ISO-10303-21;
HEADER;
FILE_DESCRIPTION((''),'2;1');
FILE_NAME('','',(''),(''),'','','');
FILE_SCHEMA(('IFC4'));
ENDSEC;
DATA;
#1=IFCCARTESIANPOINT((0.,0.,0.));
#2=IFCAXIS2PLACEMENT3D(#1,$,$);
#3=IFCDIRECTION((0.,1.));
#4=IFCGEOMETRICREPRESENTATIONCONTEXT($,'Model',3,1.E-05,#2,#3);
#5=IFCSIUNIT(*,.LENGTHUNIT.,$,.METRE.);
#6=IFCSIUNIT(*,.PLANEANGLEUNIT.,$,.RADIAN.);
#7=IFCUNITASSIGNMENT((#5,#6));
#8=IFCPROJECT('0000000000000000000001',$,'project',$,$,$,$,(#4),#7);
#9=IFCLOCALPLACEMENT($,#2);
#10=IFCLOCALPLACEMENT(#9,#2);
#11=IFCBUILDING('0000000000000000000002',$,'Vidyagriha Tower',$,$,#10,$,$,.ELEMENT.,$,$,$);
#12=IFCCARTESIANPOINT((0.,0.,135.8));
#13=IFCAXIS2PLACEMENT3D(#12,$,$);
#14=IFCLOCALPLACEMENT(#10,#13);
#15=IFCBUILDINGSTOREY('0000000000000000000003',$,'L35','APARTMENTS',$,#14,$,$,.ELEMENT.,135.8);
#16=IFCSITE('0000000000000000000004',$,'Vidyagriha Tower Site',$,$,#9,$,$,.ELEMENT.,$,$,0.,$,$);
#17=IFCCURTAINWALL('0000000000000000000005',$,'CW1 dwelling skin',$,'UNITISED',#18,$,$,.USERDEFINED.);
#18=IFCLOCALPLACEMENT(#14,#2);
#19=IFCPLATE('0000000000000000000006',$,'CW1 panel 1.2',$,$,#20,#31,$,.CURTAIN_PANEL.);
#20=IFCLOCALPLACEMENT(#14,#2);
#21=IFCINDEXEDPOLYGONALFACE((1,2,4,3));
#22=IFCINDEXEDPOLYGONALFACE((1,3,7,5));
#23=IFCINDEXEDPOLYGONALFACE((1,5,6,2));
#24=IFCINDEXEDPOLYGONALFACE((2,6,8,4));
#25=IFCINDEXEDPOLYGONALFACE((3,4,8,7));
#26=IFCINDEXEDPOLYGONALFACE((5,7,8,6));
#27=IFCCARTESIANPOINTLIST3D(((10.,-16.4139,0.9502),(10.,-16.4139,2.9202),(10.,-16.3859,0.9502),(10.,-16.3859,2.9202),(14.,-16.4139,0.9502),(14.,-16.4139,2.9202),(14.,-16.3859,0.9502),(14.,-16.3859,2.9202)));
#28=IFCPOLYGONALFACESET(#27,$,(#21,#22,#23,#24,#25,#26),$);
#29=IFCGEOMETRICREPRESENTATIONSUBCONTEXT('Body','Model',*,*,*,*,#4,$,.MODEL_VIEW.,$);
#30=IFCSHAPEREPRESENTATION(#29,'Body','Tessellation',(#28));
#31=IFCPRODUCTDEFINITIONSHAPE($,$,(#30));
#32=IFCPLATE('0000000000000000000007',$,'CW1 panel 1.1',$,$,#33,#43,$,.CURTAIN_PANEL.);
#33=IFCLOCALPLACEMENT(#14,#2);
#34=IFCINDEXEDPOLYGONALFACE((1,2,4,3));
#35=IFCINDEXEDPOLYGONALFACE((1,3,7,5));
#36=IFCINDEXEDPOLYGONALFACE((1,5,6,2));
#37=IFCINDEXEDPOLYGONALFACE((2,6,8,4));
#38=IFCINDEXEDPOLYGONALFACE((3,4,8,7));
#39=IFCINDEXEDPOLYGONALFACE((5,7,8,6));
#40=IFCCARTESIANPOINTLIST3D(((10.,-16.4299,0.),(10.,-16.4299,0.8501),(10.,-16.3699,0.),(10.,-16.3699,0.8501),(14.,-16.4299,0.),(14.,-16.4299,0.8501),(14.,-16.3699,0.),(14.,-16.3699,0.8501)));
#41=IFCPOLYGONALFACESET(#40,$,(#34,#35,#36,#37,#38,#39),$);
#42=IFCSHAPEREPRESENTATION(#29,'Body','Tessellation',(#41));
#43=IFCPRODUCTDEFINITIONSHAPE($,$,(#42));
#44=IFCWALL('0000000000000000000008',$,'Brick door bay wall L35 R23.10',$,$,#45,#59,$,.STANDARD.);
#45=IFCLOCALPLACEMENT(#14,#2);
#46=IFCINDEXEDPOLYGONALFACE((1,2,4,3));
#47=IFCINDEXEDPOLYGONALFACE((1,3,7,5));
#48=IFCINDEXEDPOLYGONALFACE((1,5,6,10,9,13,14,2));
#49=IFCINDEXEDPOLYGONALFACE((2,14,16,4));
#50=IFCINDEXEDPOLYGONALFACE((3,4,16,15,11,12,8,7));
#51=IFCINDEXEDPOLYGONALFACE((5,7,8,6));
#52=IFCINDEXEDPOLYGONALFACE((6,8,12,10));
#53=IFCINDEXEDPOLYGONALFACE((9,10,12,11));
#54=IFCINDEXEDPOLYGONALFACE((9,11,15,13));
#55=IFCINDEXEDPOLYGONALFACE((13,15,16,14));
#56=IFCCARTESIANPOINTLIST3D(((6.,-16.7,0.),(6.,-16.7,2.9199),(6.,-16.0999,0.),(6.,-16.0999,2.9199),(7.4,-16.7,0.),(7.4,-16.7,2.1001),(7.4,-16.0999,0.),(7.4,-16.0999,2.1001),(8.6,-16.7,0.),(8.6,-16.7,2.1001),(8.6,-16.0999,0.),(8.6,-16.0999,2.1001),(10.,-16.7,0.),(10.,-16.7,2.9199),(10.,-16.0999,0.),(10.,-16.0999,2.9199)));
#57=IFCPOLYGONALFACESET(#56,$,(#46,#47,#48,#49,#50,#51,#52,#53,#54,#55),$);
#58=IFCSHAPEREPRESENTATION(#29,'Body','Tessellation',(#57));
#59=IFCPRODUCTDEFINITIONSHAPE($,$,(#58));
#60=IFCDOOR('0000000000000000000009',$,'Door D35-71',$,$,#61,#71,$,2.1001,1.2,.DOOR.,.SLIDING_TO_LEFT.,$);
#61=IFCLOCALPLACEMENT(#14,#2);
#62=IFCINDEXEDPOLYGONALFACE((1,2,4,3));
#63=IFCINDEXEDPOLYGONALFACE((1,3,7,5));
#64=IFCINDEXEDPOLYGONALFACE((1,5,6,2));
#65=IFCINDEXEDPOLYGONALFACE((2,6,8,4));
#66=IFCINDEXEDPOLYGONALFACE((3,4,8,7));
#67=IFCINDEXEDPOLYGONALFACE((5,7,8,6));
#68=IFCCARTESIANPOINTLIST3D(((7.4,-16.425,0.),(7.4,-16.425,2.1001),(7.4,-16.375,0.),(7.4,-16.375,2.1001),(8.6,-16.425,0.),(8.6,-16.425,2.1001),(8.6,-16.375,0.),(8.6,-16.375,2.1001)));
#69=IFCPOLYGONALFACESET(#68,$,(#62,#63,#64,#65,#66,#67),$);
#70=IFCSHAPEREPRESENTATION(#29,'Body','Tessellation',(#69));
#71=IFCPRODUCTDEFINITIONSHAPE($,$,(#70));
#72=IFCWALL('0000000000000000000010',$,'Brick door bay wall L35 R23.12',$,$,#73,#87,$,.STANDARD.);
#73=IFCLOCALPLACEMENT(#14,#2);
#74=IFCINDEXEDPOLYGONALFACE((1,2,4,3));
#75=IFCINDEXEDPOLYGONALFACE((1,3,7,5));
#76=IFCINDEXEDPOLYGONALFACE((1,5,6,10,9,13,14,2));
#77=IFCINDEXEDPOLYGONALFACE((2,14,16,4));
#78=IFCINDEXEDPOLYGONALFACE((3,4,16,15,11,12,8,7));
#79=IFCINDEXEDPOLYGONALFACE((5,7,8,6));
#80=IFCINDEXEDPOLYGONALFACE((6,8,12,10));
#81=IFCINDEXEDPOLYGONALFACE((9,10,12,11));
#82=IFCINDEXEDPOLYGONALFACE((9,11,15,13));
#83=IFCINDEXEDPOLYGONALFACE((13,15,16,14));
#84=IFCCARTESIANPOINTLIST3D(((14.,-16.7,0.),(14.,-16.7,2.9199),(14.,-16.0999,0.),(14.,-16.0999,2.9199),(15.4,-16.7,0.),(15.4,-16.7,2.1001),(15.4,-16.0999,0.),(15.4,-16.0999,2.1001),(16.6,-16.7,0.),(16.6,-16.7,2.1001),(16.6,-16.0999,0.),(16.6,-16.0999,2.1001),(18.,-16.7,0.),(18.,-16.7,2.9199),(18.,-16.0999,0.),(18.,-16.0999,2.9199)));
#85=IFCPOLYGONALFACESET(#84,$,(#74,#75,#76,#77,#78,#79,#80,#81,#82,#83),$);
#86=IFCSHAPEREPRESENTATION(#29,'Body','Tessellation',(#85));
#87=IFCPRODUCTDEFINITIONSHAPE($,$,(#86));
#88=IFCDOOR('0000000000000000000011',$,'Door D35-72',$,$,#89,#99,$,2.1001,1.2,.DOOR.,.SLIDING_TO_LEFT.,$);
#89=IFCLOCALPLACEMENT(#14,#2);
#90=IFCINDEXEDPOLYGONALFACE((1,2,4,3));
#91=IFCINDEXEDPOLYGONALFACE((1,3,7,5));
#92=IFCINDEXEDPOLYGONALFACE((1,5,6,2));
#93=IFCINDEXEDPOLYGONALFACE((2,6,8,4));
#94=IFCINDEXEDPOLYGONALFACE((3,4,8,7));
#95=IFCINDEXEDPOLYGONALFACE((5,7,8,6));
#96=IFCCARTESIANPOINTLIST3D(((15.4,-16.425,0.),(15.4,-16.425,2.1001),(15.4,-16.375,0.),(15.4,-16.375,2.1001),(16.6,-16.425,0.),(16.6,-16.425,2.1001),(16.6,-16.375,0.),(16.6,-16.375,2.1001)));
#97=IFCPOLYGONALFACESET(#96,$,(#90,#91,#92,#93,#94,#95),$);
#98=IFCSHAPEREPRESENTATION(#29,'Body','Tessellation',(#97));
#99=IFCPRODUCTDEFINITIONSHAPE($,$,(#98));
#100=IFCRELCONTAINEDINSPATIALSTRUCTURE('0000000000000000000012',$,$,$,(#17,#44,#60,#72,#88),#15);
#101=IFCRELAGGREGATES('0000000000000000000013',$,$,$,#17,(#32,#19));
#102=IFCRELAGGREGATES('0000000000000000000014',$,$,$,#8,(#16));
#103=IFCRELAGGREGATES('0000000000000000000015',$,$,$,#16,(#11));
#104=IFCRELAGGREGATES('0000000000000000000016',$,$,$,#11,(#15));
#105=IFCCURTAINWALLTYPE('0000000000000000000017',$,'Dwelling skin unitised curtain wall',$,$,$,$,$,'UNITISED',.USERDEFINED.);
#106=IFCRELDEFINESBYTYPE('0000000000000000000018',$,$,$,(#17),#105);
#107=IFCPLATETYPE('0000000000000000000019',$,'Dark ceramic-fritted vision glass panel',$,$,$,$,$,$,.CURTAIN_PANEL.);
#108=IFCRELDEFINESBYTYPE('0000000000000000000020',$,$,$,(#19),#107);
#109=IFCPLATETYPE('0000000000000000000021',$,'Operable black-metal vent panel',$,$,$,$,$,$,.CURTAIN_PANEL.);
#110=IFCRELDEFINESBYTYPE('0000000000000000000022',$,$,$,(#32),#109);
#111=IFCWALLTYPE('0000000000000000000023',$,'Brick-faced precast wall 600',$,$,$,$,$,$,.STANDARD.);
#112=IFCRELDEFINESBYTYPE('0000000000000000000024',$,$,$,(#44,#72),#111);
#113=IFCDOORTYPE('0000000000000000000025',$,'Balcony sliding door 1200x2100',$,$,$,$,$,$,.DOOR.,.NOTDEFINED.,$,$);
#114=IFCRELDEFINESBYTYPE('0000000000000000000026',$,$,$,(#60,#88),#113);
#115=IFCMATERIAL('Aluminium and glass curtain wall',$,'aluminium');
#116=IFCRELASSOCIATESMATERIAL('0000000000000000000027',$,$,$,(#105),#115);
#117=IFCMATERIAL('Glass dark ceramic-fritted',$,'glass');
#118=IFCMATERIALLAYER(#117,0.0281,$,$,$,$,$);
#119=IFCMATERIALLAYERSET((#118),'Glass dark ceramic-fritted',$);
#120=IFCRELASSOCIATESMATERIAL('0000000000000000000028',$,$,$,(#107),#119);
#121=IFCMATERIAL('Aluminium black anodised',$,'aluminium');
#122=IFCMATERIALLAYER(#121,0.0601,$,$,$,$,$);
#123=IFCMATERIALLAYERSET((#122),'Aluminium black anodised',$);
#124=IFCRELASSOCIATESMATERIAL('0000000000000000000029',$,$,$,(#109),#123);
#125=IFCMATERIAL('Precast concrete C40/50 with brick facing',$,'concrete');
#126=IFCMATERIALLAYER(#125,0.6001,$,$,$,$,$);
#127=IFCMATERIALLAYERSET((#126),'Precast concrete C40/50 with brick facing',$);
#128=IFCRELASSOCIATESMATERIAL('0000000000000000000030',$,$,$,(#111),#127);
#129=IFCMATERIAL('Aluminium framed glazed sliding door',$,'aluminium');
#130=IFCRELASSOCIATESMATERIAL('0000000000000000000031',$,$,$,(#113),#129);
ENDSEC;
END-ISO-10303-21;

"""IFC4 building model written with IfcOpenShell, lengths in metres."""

from ifc_helpers import new_model, si_unit, direction, frame, frame_2d, origin, origin_2d, place, context, subcontext, project, spatial, rectangle, extrude, material, layer, layer_set, type_object, element, fill, aggregate, save


model = new_model("IFC4")

# Units and contexts
model_context = context("Model", 3, precision=1e-05, world=origin(), true_north=direction((0.0, 1.0)))
body_context = subcontext(model_context, "Body", "Model", "MODEL_VIEW")
ifc_project = project(units=[si_unit("LENGTHUNIT", "METRE"), si_unit("PLANEANGLEUNIT", "RADIAN")], contexts=[model_context])

# Site, building, storey
site_placement = place(None, origin())
site = spatial("IfcSite", under=ifc_project, at=site_placement, Name="Vidyagriha Tower Site", CompositionType="ELEMENT", RefElevation=0.0)
building_placement = place(site_placement, origin())
building = spatial("IfcBuilding", under=site, at=building_placement, Name="Vidyagriha Tower", CompositionType="ELEMENT")
storey_placement = place(building_placement, frame((0.0, 0.0, 135.8)))
storey = spatial("IfcBuildingStorey", under=building, at=storey_placement, Name="L35", Description="APARTMENTS", CompositionType="ELEMENT", Elevation=135.8)

# Curtain wall
ifc_material_1 = material(Name="Aluminium and glass curtain wall", Category="aluminium")
curtain_wall_type = type_object("IfcCurtainWallType", Name="Dwelling skin unitised curtain wall", ElementType="UNITISED", PredefinedType="USERDEFINED", material=ifc_material_1)
curtain_wall_1_placement = place(storey_placement, origin())
curtain_wall_1 = element("IfcCurtainWall", 1, at=curtain_wall_1_placement, inside=storey, type_object=curtain_wall_type, Name="CW1 dwelling skin", ObjectType="UNITISED", PredefinedType="USERDEFINED")

# Plates
ifc_material_2 = material(Name="Glass dark ceramic-fritted", Category="glass")
ifc_layer_1 = layer(ifc_material_2, 0.0281)
ifc_layer_set_1 = layer_set([ifc_layer_1], Name="Glass dark ceramic-fritted")
plate_type_1 = type_object("IfcPlateType", Name="Dark ceramic-fritted vision glass panel", PredefinedType="CURTAIN_PANEL", material=ifc_layer_set_1)
plate_1_placement = place(storey_placement, frame((12.0, -16.3999, 0.9502)))
plate_1 = element("IfcPlate", 2, at=plate_1_placement, type_object=plate_type_1, Name="CW1 panel 1.2", PredefinedType="CURTAIN_PANEL", context=body_context, shape_type="SweptSolid", body=[
    extrude(rectangle(XDim=4.0, YDim=0.0281, at=origin_2d()), origin(), (0.0, 0.0, 1.0), 1.97),
])
ifc_material_3 = material(Name="Aluminium black anodised", Category="aluminium")
ifc_layer_2 = layer(ifc_material_3, 0.0601)
ifc_layer_set_2 = layer_set([ifc_layer_2], Name="Aluminium black anodised")
plate_type_2 = type_object("IfcPlateType", Name="Operable black-metal vent panel", PredefinedType="CURTAIN_PANEL", material=ifc_layer_set_2)
plate_2_placement = place(storey_placement, frame((12.0, -16.3999, 0.0)))
plate_2 = element("IfcPlate", 3, at=plate_2_placement, type_object=plate_type_2, Name="CW1 panel 1.1", PredefinedType="CURTAIN_PANEL", context=body_context, shape_type="SweptSolid", body=[
    extrude(rectangle(XDim=4.0, YDim=0.0601, at=origin_2d()), origin(), (0.0, 0.0, 1.0), 0.8501),
])
aggregate(curtain_wall_1, [plate_2, plate_1])

# Walls, openings, doors
ifc_material_4 = material(Name="Precast concrete C40/50 with brick facing", Category="concrete")
ifc_layer_3 = layer(ifc_material_4, 0.6001)
ifc_layer_set_3 = layer_set([ifc_layer_3], Name="Precast concrete C40/50 with brick facing")
wall_type = type_object("IfcWallType", Name="Brick-faced precast wall 600", PredefinedType="STANDARD", material=ifc_layer_set_3)
wall_1_placement = place(storey_placement, frame((6.0, -16.3999, 0.0)))
wall_1 = element("IfcWall", 4, at=wall_1_placement, inside=storey, type_object=wall_type, Name="Brick door bay wall L35 R23.10", PredefinedType="STANDARD", context=body_context, shape_type="SweptSolid", body=[
    extrude(rectangle(XDim=4.0, YDim=0.6001, at=frame_2d((2.0, 0.0))), origin(), (0.0, 0.0, 1.0), 2.9199),
])
opening_1_placement = place(wall_1_placement, frame((1.3999, 0.0, 0.0)))
opening_1 = element("IfcOpeningElement", 5, at=opening_1_placement, cuts=wall_1, PredefinedType="OPENING", context=body_context, shape_type="SweptSolid", body=[
    extrude(rectangle(XDim=1.2, YDim=2.1001, at=frame_2d((0.6001, 1.05))), frame((0.0, 0.3101, 0.0), z_axis=(0.0, -1.0, 0.0), x_axis=(1.0, 0.0, 0.0)), (0.0, 0.0, 1.0), 0.6201),
])
ifc_material_5 = material(Name="Aluminium framed glazed sliding door", Category="aluminium")
door_type = type_object("IfcDoorType", Name="Balcony sliding door 1200x2100", OperationType="NOTDEFINED", PredefinedType="DOOR", material=ifc_material_5)
door_1_placement = place(opening_1_placement, origin())
door_1 = element("IfcDoor", 6, at=door_1_placement, inside=storey, type_object=door_type, Name="Door D35-71", OperationType="SLIDING_TO_LEFT", OverallHeight=2.1001, OverallWidth=1.2, PredefinedType="DOOR", context=body_context, shape_type="SweptSolid", body=[
    extrude(rectangle(XDim=1.2, YDim=2.1001, at=frame_2d((0.6001, 1.05))), frame((0.0, 0.0249, 0.0), z_axis=(0.0, -1.0, 0.0), x_axis=(1.0, 0.0, 0.0)), (0.0, 0.0, 1.0), 0.05),
])
fill(opening_1, door_1)
wall_2_placement = place(storey_placement, frame((14.0, -16.3999, 0.0)))
wall_2 = element("IfcWall", 7, at=wall_2_placement, inside=storey, type_object=wall_type, Name="Brick door bay wall L35 R23.12", PredefinedType="STANDARD", context=body_context, shape_type="SweptSolid", body=[
    extrude(rectangle(XDim=4.0, YDim=0.6001, at=frame_2d((2.0, 0.0))), origin(), (0.0, 0.0, 1.0), 2.9199),
])
opening_2_placement = place(wall_2_placement, frame((1.3999, 0.0, 0.0)))
opening_2 = element("IfcOpeningElement", 8, at=opening_2_placement, cuts=wall_2, PredefinedType="OPENING", context=body_context, shape_type="SweptSolid", body=[
    extrude(rectangle(XDim=1.2, YDim=2.1001, at=frame_2d((0.6001, 1.05))), frame((0.0, 0.3101, 0.0), z_axis=(0.0, -1.0, 0.0), x_axis=(1.0, 0.0, 0.0)), (0.0, 0.0, 1.0), 0.6201),
])
door_2_placement = place(opening_2_placement, origin())
door_2 = element("IfcDoor", 9, at=door_2_placement, inside=storey, type_object=door_type, Name="Door D35-72", OperationType="SLIDING_TO_LEFT", OverallHeight=2.1001, OverallWidth=1.2, PredefinedType="DOOR", context=body_context, shape_type="SweptSolid", body=[
    extrude(rectangle(XDim=1.2, YDim=2.1001, at=frame_2d((0.6001, 1.05))), frame((0.0, 0.0249, 0.0), z_axis=(0.0, -1.0, 0.0), x_axis=(1.0, 0.0, 0.0)), (0.0, 0.0, 1.0), 0.05),
])
fill(opening_2, door_2)

save(model, "model.ifc")
